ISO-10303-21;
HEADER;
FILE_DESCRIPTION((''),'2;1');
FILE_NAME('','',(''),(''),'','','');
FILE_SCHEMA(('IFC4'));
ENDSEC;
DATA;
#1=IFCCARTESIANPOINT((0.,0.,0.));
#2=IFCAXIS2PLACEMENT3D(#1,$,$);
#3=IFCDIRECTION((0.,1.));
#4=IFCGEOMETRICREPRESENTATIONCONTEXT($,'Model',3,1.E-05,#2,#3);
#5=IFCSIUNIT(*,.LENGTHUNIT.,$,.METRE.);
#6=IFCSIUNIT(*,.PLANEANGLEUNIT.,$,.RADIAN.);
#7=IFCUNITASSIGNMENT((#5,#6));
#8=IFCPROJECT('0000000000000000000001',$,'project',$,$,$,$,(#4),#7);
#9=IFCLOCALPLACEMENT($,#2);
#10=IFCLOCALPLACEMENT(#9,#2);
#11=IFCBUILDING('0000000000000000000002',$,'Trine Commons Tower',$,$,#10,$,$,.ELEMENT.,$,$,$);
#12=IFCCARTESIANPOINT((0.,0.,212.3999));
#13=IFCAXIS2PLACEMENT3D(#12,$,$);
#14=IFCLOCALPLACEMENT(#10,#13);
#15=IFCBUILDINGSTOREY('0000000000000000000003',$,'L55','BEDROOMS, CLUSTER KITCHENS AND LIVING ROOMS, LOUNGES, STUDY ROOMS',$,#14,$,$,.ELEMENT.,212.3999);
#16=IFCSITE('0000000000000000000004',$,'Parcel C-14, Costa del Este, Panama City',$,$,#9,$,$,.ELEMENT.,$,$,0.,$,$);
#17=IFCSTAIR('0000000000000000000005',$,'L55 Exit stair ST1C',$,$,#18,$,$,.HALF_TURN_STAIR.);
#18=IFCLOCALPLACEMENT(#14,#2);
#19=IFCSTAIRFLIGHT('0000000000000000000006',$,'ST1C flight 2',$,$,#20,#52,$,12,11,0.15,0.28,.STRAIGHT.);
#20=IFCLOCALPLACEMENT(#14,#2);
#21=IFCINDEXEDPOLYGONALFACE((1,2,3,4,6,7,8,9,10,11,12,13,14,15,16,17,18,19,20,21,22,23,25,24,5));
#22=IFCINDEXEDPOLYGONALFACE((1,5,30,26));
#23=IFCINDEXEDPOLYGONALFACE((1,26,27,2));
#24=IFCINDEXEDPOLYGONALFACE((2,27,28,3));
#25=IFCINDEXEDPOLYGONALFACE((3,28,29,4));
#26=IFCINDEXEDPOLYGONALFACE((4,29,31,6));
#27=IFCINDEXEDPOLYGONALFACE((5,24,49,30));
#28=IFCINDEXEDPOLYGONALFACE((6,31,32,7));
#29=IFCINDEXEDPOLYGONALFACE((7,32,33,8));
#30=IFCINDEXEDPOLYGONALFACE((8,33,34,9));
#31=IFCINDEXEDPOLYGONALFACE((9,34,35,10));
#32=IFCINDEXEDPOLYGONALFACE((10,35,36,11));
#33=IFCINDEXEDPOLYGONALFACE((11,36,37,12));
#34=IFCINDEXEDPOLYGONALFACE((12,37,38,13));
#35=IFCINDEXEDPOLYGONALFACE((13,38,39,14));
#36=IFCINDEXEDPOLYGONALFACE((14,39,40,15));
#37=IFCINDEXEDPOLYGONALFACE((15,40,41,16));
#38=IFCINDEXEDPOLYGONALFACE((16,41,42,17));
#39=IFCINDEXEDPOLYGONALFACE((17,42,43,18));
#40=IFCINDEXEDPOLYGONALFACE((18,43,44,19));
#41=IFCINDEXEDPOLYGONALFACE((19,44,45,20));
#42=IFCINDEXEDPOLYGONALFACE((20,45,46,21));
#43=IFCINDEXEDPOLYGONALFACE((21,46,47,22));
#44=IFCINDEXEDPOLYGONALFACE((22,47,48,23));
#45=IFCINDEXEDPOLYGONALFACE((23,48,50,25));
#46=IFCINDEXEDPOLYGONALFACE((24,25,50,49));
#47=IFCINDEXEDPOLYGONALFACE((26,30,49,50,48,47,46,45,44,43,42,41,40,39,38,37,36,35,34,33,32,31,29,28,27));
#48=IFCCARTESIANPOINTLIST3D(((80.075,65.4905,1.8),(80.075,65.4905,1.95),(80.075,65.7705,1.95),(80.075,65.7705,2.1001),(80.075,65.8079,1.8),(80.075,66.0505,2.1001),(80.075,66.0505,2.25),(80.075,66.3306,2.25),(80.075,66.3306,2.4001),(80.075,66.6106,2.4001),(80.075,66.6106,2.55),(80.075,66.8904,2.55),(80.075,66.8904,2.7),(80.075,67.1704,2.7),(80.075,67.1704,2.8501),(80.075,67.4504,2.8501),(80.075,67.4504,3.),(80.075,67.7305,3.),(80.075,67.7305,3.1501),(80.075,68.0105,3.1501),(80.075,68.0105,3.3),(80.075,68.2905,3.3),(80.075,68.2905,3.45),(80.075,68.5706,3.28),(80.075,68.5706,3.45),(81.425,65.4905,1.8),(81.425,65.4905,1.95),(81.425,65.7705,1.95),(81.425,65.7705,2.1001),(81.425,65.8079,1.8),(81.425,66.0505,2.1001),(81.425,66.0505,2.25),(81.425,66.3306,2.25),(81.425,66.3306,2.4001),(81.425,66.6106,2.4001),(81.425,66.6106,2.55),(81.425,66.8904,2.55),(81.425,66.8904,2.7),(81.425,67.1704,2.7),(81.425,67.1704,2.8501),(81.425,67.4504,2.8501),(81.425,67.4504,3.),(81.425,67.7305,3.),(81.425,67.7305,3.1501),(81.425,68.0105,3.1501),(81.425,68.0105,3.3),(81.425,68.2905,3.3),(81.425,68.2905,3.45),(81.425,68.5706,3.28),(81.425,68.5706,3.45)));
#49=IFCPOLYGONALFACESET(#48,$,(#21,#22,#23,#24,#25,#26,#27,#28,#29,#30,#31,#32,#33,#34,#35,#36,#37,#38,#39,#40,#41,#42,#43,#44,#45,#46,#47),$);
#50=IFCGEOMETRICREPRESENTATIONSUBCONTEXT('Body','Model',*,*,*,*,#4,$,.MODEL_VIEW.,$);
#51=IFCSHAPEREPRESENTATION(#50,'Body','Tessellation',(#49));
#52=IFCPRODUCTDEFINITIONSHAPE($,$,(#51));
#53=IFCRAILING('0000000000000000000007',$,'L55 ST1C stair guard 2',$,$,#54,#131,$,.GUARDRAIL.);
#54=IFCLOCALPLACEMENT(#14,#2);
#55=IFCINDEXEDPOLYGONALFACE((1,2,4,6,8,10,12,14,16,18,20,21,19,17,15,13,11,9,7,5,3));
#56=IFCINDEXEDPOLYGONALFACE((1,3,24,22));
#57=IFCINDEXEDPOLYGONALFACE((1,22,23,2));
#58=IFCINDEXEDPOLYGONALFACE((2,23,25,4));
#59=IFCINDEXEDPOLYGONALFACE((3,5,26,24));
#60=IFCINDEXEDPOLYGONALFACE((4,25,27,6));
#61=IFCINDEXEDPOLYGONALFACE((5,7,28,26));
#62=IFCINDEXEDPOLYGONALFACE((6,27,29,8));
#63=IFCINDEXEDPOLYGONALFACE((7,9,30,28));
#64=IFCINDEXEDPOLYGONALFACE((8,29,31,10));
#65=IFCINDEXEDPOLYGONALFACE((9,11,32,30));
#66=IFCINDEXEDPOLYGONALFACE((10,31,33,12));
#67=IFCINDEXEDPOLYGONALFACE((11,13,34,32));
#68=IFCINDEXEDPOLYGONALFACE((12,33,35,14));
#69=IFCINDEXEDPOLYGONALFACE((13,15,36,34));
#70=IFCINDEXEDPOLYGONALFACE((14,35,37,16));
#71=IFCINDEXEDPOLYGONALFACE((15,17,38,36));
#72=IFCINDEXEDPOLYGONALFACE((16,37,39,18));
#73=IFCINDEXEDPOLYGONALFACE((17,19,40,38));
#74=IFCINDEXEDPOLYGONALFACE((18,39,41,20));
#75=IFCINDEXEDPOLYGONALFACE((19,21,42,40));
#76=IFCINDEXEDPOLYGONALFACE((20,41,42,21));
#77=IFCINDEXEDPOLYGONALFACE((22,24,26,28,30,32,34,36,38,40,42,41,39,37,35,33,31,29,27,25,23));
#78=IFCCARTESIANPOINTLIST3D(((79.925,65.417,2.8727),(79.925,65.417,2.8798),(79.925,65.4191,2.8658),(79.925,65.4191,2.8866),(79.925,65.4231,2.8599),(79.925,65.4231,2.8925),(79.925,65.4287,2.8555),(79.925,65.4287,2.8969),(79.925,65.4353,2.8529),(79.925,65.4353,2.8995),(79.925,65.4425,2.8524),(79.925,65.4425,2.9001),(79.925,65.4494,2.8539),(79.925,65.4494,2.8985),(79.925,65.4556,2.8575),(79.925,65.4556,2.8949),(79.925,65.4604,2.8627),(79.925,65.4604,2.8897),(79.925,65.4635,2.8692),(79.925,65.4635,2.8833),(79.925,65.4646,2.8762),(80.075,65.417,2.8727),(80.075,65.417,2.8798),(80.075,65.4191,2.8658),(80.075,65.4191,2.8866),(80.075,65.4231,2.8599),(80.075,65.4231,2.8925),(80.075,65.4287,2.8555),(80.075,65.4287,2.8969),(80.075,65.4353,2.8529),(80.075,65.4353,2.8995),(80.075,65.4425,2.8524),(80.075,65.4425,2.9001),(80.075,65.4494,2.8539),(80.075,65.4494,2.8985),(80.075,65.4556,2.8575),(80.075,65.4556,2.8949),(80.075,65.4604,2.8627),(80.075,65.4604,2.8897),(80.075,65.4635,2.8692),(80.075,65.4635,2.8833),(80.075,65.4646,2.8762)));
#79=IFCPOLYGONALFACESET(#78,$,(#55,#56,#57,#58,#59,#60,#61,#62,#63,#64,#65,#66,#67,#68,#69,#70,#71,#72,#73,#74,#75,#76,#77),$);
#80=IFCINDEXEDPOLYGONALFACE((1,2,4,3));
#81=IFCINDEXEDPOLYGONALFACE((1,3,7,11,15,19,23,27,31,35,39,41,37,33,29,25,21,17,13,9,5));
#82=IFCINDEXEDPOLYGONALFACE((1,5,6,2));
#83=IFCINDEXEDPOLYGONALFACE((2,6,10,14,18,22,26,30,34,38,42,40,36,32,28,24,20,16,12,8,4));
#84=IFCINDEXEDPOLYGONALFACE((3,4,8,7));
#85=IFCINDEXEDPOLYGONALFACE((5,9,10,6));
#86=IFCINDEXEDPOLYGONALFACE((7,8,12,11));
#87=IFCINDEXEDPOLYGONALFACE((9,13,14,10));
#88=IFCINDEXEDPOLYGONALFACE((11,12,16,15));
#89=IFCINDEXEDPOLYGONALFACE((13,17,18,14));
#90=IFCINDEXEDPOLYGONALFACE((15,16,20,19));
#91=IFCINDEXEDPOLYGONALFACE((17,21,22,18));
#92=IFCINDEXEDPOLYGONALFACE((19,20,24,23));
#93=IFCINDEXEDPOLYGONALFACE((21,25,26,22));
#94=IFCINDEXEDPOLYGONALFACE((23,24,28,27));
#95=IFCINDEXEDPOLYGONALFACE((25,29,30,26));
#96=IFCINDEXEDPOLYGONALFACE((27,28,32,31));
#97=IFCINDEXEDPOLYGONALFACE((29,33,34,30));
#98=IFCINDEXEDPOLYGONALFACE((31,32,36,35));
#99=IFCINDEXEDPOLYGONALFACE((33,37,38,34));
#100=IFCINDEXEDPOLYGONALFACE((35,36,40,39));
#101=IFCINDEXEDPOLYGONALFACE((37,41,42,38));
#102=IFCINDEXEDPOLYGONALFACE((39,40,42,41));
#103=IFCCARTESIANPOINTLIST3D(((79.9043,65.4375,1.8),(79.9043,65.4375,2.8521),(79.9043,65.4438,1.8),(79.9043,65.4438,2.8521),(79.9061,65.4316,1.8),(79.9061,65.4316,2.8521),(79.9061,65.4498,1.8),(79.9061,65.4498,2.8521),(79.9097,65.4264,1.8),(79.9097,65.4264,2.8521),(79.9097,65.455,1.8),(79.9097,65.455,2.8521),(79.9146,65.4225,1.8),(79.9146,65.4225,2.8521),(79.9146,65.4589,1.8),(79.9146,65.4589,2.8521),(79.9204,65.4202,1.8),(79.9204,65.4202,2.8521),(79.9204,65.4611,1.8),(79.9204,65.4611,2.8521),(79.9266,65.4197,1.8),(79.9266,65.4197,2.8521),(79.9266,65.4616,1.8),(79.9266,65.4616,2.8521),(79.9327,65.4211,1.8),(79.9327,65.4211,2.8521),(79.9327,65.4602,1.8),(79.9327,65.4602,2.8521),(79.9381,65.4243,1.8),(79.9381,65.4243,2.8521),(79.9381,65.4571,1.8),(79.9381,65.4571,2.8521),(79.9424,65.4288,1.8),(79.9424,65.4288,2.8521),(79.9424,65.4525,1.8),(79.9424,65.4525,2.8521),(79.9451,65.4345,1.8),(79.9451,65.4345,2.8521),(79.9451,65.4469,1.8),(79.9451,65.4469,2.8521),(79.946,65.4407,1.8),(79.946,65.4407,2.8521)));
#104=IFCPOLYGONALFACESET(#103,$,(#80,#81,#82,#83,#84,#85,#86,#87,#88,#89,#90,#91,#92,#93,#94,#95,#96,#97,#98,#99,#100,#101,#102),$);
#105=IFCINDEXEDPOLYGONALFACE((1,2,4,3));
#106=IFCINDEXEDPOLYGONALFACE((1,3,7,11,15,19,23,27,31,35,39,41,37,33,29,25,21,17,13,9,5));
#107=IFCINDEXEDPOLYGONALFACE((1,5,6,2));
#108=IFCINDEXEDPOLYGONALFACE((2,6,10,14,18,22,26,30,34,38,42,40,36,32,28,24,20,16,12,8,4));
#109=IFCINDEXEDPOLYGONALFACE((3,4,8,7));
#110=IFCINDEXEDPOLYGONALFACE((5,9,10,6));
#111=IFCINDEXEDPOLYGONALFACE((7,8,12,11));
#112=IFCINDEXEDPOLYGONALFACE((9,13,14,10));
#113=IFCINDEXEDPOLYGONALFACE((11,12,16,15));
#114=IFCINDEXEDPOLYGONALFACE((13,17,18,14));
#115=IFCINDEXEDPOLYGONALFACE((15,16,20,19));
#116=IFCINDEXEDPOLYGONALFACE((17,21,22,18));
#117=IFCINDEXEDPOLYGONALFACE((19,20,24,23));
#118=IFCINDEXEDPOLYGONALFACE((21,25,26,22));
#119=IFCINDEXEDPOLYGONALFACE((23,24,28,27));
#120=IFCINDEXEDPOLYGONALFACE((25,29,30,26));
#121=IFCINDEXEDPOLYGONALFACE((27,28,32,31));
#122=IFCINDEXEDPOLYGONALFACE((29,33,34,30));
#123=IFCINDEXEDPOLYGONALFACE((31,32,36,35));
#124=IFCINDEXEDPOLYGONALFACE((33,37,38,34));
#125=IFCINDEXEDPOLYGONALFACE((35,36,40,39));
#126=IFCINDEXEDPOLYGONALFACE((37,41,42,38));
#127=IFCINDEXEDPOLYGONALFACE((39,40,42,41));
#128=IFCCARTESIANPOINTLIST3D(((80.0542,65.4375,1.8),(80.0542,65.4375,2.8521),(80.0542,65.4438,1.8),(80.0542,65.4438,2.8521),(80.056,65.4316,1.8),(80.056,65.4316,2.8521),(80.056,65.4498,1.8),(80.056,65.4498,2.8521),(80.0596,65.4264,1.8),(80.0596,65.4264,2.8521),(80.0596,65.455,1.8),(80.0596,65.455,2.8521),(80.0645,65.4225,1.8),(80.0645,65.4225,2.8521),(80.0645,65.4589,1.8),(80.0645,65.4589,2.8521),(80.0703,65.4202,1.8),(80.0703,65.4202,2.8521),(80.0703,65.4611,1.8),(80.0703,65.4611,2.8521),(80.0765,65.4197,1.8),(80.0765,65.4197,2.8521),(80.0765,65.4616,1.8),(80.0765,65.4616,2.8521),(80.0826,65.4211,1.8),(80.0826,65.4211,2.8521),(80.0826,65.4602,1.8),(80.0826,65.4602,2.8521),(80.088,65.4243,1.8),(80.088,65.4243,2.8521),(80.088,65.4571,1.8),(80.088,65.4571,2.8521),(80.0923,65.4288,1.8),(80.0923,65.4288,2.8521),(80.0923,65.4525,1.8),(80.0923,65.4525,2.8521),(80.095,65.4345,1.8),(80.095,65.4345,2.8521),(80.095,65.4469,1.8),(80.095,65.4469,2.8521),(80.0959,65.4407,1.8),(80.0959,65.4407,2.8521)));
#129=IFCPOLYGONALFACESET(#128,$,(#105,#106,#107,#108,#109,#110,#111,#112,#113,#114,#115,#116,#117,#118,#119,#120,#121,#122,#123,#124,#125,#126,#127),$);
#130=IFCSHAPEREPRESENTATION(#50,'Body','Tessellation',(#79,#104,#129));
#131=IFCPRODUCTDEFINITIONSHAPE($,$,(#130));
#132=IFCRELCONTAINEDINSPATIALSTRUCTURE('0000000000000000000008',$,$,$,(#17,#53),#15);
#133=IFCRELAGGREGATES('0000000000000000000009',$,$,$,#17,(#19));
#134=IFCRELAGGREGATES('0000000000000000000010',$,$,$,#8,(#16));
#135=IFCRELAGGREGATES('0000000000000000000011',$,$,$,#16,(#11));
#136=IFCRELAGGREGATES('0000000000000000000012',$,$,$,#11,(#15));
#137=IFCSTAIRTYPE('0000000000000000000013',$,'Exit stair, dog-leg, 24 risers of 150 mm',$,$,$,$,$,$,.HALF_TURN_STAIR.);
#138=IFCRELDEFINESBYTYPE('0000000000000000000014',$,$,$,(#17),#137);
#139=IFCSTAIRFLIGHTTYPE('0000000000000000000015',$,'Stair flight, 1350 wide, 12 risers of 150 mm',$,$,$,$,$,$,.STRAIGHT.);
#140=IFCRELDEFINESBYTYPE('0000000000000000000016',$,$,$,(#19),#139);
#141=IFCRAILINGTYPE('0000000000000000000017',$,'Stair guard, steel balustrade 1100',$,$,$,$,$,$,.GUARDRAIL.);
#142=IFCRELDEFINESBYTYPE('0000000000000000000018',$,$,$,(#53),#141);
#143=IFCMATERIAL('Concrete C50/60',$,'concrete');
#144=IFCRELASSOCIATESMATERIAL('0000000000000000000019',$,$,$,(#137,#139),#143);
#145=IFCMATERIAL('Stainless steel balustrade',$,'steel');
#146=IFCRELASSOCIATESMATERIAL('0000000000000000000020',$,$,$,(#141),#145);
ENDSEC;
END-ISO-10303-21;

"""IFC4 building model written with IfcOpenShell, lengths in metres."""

from ifc_helpers import new_model, si_unit, direction, frame, origin, origin_2d, place, context, subcontext, project, spatial, polyline, circle, outline, extrude, material, type_object, element, aggregate, save


model = new_model("IFC4")

# Units and contexts
model_context = context("Model", 3, precision=1e-05, world=origin(), true_north=direction((0.0, 1.0)))
body_context = subcontext(model_context, "Body", "Model", "MODEL_VIEW")
ifc_project = project(units=[si_unit("LENGTHUNIT", "METRE"), si_unit("PLANEANGLEUNIT", "RADIAN")], contexts=[model_context])

# Site, building, storey
site_placement = place(None, origin())
site = spatial("IfcSite", under=ifc_project, at=site_placement, Name="Parcel C-14, Costa del Este, Panama City", CompositionType="ELEMENT", RefElevation=0.0)
building_placement = place(site_placement, origin())
building = spatial("IfcBuilding", under=site, at=building_placement, Name="Trine Commons Tower", CompositionType="ELEMENT")
storey_placement = place(building_placement, frame((0.0, 0.0, 212.3999)))
storey = spatial("IfcBuildingStorey", under=building, at=storey_placement, Name="L55", Description="BEDROOMS, CLUSTER KITCHENS AND LIVING ROOMS, LOUNGES, STUDY ROOMS", CompositionType="ELEMENT", Elevation=212.3999)

# Stair, stair flight
ifc_material_1 = material(Name="Concrete C50/60", Category="concrete")
stair_type = type_object("IfcStairType", Name="Exit stair, dog-leg, 24 risers of 150 mm", PredefinedType="HALF_TURN_STAIR", material=ifc_material_1)
stair_placement = place(storey_placement, origin())
stair = element("IfcStair", 1, at=stair_placement, inside=storey, type_object=stair_type, Name="L55 Exit stair ST1C", PredefinedType="HALF_TURN_STAIR")
stair_flight_type = type_object("IfcStairFlightType", Name="Stair flight, 1350 wide, 12 risers of 150 mm", PredefinedType="STRAIGHT", material=ifc_material_1)
stair_flight_placement = place(storey_placement, frame((80.75, 65.4905, 1.8), z_axis=(0.0, 0.0, 1.0), x_axis=(0.0, 1.0, 0.0)))
stair_flight = element("IfcStairFlight", 2, at=stair_flight_placement, type_object=stair_flight_type, Name="ST1C flight 2", NumberOfRisers=12, NumberOfTreads=11, PredefinedType="STRAIGHT", RiserHeight=0.15, TreadLength=0.28, context=body_context, shape_type="SweptSolid", body=[
    extrude(outline(polyline([(0.0, 0.0), (0.0, 0.1499), (0.28, 0.1499), (0.28, 0.3), (0.5601, 0.3), (0.5601, 0.45), (0.8401, 0.45), (0.8401, 0.6001), (1.1201, 0.6001), (1.1201, 0.75), (1.3999, 0.75), (1.3999, 0.8999), (1.6799, 0.8999), (1.6799, 1.05), (1.96, 1.05), (1.96, 1.2), (2.24, 1.2), (2.24, 1.3501), (2.52, 1.3501), (2.52, 1.5), (2.8, 1.5), (2.8, 1.6499), (3.0801, 1.6499), (3.0801, 1.8), (3.0801, 1.48), (0.3174, 0.0), (0.0, 0.0)])), frame((0.0, 0.675, 0.0), z_axis=(0.0, -1.0, 0.0), x_axis=(1.0, 0.0, 0.0)), (0.0, 0.0, 1.0), 1.3501),
])
aggregate(stair, [stair_flight])

# Railing
ifc_material_2 = material(Name="Stainless steel balustrade", Category="steel")
railing_type_1 = type_object("IfcRailingType", Name="Stair guard, steel balustrade 1100", PredefinedType="GUARDRAIL", material=ifc_material_2)
railing_1_placement = place(storey_placement, frame((79.925, 65.4407, 1.8)))
element("IfcRailing", 3, at=railing_1_placement, inside=storey, type_object=railing_type_1, Name="L55 ST1C stair guard 2", PredefinedType="GUARDRAIL", context=body_context, shape_type="SweptSolid", body=[
    extrude(circle(Radius=0.0239, at=origin_2d()), frame((0.0, 0.0, 1.0762), z_axis=(1.0, 0.0, 0.0), x_axis=(0.0, 1.0, 0.0)), (0.0, 0.0, 1.0), 0.1499),
    extrude(circle(Radius=0.021, at=origin_2d()), origin(), (0.0, 0.0, 1.0), 1.052),
    extrude(circle(Radius=0.021, at=origin_2d()), frame((0.1499, 0.0, 0.0)), (0.0, 0.0, 1.0), 1.052),
])

save(model, "model.ifc")
